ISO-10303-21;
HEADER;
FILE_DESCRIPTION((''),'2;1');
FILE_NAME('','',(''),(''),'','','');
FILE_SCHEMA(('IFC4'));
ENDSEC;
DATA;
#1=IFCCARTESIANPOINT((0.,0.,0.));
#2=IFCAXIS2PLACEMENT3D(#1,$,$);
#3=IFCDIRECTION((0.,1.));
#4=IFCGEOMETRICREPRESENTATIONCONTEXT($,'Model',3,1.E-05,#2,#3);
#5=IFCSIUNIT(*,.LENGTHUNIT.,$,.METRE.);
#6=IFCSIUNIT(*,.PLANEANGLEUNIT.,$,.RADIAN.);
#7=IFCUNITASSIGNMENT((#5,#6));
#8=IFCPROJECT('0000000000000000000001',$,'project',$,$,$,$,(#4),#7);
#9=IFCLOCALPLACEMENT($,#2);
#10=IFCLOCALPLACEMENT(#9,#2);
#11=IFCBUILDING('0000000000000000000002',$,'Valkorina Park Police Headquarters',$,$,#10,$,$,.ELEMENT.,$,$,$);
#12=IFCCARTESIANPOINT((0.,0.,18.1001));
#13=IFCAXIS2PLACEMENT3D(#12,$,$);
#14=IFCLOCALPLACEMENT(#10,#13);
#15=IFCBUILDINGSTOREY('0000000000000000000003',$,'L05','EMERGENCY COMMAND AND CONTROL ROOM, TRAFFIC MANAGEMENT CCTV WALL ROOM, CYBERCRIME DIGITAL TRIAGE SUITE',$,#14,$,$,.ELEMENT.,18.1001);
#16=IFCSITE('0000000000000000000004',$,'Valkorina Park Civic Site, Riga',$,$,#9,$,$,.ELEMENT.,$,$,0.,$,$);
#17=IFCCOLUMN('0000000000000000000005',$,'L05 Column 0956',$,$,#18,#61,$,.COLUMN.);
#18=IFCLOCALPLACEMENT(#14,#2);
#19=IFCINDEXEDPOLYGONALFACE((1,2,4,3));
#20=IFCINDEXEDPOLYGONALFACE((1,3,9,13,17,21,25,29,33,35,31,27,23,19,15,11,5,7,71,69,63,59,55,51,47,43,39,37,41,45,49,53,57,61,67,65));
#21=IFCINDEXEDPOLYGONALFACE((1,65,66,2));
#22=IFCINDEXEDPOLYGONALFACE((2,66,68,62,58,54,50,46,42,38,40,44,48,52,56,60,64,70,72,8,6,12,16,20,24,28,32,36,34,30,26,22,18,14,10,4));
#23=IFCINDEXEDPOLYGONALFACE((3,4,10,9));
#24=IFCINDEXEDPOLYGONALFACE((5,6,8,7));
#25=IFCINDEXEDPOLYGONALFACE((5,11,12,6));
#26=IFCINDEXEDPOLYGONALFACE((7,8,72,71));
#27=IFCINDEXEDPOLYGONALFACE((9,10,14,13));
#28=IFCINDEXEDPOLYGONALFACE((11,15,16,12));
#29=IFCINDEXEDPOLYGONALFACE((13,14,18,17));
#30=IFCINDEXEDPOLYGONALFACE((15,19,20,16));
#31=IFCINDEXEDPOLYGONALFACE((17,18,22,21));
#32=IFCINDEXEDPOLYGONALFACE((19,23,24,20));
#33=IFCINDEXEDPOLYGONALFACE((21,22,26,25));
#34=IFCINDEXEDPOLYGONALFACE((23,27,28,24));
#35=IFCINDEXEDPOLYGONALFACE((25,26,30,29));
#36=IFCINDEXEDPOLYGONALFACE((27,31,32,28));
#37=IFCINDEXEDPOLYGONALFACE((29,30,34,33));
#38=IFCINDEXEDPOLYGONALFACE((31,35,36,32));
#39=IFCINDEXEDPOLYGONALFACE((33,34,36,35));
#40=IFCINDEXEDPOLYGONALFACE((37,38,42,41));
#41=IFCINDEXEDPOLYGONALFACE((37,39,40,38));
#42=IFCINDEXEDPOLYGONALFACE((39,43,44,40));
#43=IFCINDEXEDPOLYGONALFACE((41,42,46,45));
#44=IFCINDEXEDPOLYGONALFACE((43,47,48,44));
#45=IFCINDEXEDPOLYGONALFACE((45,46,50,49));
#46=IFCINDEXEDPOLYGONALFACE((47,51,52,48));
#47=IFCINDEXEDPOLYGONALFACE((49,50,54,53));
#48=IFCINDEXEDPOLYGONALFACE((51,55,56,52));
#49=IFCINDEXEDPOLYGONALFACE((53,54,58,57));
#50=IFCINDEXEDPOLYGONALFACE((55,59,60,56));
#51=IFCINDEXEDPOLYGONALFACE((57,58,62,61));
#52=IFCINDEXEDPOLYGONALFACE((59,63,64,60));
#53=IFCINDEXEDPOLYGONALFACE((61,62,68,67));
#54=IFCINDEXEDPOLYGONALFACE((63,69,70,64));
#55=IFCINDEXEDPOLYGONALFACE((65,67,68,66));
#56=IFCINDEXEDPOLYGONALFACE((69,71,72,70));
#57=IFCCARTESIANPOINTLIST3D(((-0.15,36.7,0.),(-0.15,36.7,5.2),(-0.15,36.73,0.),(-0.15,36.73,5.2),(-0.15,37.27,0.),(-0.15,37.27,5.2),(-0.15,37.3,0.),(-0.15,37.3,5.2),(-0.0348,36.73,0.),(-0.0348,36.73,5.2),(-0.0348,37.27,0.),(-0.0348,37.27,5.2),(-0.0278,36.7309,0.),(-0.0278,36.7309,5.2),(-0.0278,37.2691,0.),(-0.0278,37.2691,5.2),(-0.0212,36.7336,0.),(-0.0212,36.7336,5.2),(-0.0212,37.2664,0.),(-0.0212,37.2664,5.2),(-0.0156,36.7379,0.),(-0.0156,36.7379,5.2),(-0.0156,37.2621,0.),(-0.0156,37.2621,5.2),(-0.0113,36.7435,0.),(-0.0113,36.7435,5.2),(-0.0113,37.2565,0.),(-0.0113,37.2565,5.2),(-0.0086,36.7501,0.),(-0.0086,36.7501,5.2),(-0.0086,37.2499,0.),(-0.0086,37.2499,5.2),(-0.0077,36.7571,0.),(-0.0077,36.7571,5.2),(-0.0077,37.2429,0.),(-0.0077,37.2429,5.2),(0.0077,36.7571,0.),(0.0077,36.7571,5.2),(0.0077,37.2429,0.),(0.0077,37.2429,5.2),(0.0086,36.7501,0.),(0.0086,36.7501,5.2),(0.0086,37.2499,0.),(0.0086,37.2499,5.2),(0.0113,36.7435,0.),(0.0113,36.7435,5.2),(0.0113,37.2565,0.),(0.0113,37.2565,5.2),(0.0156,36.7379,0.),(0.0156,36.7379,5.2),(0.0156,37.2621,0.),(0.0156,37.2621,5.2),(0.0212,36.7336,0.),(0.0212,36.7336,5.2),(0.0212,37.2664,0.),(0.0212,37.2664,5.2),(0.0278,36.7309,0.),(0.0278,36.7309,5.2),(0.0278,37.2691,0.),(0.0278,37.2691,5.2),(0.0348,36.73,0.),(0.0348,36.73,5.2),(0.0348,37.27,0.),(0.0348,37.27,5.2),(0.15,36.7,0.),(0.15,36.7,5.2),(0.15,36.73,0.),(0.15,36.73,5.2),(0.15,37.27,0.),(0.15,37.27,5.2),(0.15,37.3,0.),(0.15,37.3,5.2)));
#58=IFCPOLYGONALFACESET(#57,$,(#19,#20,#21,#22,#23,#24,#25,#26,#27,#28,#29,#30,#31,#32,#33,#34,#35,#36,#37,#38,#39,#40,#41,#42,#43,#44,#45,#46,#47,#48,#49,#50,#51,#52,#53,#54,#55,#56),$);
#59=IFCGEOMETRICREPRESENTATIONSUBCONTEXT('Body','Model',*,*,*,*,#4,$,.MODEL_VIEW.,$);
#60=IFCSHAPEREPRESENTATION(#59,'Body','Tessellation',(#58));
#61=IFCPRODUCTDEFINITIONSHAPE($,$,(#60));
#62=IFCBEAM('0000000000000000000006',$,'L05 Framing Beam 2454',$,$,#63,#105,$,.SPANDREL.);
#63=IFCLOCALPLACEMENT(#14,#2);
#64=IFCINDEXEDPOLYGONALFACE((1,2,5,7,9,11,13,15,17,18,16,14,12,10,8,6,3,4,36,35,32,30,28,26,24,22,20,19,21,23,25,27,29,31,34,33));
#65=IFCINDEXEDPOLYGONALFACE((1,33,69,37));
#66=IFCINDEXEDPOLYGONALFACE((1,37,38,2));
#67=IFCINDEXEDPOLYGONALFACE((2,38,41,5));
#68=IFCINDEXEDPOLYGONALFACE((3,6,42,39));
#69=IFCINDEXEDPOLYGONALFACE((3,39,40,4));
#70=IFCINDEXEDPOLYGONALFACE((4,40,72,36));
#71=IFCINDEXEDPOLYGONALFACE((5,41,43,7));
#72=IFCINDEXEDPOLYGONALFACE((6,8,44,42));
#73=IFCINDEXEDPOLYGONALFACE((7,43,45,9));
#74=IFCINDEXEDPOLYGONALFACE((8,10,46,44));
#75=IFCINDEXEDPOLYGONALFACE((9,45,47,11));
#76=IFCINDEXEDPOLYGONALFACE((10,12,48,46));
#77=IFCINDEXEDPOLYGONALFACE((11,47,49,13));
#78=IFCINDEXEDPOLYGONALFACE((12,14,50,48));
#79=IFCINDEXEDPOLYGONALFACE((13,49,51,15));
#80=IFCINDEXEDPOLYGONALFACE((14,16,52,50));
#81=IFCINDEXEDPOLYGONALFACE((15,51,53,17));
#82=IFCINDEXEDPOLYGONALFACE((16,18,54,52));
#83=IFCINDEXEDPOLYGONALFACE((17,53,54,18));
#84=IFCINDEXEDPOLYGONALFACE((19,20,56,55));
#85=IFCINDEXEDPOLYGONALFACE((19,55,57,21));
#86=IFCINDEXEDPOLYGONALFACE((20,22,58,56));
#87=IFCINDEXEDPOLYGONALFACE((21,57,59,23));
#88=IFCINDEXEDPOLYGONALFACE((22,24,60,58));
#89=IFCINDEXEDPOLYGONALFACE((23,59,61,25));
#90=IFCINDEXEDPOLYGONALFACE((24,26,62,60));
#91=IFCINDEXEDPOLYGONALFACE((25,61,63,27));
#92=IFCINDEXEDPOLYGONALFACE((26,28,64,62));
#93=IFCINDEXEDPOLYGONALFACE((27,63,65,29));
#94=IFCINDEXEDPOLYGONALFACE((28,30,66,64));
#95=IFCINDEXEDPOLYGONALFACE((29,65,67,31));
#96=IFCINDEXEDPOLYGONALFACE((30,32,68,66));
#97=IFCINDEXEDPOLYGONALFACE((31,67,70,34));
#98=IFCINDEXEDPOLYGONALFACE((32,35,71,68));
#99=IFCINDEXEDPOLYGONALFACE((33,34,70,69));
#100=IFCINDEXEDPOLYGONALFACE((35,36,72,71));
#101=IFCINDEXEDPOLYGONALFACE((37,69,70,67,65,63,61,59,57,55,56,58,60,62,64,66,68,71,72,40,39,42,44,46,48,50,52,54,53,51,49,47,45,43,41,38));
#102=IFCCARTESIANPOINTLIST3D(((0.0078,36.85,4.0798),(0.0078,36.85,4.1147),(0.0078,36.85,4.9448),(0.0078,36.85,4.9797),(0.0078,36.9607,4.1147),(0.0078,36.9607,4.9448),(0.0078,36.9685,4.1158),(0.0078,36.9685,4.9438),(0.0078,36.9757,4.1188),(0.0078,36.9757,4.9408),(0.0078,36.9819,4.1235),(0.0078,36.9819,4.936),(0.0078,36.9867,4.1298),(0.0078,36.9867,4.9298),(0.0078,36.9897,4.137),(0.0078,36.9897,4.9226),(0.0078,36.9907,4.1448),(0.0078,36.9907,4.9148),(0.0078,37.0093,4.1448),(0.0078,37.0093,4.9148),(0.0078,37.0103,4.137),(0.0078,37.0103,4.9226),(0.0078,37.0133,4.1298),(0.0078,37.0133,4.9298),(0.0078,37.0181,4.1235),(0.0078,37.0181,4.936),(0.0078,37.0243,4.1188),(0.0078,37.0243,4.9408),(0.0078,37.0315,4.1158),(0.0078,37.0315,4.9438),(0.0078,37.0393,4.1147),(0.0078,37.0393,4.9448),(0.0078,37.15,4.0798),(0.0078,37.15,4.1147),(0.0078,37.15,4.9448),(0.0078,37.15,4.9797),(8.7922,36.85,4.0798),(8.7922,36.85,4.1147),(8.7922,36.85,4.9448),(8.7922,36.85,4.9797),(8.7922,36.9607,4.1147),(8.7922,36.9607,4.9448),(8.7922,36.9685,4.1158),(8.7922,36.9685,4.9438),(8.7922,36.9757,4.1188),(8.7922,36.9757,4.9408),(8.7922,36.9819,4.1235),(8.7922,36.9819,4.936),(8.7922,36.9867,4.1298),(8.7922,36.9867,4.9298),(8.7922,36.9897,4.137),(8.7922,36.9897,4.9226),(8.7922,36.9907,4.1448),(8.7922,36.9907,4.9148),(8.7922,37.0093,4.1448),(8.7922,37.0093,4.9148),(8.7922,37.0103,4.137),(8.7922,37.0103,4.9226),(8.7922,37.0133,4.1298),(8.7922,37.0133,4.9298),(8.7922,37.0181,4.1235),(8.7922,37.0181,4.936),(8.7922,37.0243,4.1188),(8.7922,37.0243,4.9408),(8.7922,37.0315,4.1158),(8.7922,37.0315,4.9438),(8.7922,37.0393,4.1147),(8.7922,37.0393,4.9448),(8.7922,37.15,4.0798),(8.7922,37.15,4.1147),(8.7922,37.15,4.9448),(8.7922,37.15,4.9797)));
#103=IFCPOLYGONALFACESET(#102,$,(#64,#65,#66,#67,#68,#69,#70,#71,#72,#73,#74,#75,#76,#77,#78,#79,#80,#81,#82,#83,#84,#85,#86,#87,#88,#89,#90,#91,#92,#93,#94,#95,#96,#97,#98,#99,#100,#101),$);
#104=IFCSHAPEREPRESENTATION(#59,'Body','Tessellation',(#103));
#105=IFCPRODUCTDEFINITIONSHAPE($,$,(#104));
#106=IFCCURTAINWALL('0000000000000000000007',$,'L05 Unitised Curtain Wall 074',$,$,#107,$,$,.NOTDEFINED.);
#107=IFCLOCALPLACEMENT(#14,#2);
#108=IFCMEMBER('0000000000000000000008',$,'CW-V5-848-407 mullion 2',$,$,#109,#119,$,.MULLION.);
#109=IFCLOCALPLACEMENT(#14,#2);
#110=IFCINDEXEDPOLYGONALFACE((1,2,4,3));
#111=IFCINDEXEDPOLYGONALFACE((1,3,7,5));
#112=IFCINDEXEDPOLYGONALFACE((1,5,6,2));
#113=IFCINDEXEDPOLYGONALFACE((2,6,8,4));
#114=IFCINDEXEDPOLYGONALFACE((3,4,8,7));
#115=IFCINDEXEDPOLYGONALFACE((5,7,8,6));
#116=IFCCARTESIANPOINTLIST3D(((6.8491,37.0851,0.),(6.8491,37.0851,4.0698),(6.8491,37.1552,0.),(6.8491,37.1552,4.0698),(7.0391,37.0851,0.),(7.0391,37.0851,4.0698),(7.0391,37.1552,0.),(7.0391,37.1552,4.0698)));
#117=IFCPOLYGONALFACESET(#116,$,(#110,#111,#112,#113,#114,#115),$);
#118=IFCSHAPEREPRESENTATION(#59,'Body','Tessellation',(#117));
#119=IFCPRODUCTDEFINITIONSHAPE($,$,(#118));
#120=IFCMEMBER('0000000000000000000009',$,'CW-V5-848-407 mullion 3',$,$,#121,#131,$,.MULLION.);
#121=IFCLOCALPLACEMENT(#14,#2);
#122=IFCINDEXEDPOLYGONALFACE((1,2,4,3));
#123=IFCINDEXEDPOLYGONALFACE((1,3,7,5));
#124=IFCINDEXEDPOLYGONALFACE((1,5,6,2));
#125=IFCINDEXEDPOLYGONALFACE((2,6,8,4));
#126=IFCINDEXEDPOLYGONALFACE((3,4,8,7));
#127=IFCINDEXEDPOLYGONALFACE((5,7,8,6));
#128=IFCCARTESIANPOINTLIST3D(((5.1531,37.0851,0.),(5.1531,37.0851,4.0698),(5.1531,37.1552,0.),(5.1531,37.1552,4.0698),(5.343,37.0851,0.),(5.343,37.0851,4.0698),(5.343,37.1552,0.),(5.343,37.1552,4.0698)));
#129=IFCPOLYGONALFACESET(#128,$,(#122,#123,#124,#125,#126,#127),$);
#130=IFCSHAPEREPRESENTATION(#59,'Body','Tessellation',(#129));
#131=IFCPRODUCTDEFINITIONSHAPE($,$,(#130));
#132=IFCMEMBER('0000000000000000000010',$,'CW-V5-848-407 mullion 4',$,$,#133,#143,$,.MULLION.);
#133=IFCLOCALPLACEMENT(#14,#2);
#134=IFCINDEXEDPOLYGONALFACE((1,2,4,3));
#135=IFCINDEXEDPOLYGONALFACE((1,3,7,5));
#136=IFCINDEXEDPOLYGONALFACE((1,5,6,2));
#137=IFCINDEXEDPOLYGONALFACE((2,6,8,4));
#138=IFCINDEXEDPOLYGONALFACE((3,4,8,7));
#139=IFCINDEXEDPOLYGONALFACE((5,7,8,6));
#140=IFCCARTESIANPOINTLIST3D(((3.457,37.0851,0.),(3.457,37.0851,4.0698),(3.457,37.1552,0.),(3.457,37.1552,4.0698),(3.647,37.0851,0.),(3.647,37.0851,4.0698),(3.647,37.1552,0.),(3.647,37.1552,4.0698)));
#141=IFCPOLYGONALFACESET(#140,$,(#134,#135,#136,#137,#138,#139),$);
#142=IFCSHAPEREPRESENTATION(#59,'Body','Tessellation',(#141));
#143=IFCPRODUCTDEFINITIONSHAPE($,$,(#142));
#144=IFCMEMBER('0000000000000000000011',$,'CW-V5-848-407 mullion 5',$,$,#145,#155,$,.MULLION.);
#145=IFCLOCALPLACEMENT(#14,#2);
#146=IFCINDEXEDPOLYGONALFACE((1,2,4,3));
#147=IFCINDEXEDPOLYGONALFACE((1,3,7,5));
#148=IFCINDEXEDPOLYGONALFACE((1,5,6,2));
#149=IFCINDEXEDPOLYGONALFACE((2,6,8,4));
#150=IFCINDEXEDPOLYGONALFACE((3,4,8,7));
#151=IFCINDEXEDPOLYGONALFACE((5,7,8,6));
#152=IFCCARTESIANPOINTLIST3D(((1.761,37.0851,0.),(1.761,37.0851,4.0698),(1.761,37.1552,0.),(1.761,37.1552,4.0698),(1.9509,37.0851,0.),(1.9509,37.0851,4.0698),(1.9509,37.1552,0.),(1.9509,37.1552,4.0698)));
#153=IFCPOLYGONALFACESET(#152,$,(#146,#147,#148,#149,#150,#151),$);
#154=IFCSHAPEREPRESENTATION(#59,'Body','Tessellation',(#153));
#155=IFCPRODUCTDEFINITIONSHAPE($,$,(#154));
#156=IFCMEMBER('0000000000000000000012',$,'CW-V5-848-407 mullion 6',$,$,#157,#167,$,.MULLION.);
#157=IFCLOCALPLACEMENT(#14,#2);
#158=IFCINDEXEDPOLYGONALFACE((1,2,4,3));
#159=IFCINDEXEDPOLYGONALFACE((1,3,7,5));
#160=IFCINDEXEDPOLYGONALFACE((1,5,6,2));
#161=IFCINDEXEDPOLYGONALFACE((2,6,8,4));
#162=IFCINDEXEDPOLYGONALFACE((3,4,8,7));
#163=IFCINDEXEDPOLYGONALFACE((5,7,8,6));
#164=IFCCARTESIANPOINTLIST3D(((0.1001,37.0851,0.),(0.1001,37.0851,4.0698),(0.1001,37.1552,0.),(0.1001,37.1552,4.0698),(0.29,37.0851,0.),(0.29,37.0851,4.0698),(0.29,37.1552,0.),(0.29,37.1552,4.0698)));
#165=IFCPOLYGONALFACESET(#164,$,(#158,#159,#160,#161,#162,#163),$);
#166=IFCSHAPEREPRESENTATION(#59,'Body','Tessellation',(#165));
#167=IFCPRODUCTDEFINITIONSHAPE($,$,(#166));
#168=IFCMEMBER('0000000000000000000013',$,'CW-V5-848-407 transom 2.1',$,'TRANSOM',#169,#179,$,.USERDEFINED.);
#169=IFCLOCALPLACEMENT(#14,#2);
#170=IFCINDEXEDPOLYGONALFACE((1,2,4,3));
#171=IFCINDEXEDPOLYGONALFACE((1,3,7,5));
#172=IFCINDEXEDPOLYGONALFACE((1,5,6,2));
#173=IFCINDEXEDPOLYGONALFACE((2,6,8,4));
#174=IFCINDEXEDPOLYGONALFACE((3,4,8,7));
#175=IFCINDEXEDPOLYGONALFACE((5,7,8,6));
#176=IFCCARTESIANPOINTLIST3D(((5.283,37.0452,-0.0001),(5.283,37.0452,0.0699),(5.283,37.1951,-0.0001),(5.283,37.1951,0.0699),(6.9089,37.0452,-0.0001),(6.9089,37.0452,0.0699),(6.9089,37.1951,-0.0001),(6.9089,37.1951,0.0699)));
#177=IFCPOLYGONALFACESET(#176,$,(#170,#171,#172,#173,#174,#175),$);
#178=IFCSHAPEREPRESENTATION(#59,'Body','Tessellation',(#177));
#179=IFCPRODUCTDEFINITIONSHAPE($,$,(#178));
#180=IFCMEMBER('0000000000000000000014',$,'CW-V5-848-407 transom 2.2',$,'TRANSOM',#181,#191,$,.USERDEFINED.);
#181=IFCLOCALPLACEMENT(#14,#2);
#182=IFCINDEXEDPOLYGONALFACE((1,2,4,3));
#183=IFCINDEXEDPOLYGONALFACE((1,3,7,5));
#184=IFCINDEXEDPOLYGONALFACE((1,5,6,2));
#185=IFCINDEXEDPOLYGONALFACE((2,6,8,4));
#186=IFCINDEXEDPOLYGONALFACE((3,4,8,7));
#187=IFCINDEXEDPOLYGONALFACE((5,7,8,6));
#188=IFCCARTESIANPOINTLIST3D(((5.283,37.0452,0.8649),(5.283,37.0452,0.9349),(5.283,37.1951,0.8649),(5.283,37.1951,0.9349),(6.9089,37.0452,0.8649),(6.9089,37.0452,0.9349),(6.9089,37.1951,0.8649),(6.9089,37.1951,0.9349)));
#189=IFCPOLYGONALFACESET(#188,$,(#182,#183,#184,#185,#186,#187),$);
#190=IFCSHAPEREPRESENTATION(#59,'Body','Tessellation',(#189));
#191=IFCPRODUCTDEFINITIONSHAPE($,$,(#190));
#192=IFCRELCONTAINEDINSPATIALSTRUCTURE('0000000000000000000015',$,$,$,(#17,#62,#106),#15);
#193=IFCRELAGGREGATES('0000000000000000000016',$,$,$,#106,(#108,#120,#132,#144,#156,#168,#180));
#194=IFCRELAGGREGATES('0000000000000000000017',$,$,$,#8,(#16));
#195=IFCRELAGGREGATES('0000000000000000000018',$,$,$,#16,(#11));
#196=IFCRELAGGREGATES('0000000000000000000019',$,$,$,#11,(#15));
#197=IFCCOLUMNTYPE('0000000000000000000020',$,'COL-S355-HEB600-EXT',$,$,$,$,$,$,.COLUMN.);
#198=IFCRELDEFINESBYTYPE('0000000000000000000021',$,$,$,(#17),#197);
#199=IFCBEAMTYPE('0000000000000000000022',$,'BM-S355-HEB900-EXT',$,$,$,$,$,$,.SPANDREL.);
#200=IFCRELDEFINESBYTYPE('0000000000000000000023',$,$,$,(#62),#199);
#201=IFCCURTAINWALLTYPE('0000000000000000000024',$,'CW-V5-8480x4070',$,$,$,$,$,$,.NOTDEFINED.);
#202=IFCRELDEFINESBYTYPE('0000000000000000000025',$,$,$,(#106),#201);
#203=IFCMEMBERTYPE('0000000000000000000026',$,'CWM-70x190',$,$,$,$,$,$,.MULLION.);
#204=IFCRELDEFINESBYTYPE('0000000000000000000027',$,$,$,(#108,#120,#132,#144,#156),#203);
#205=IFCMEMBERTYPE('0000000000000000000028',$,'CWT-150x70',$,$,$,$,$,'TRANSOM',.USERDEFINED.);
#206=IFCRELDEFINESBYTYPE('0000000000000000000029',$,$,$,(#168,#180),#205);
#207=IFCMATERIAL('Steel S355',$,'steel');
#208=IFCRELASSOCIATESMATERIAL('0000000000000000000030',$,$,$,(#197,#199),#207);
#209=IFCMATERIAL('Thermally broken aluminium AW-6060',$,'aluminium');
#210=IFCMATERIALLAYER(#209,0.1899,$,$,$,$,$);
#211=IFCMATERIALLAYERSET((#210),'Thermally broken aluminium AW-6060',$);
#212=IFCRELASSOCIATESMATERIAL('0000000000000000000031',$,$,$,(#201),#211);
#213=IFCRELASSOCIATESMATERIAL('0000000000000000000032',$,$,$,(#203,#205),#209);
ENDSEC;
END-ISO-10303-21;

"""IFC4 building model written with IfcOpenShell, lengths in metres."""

from ifc_helpers import new_model, si_unit, direction, frame, origin, origin_2d, place, context, subcontext, project, spatial, rectangle, i_section, extrude, material, layer, layer_set, material_profile, profile_set, type_object, element, aggregate, save


model = new_model("IFC4")

# Units and contexts
model_context = context("Model", 3, precision=1e-05, world=origin(), true_north=direction((0.0, 1.0)))
body_context = subcontext(model_context, "Body", "Model", "MODEL_VIEW")
ifc_project = project(units=[si_unit("LENGTHUNIT", "METRE"), si_unit("PLANEANGLEUNIT", "RADIAN")], contexts=[model_context])

# Site, building, storey
site_placement = place(None, origin())
site = spatial("IfcSite", under=ifc_project, at=site_placement, Name="Valkorina Park Civic Site, Riga", CompositionType="ELEMENT", RefElevation=0.0)
building_placement = place(site_placement, origin())
building = spatial("IfcBuilding", under=site, at=building_placement, Name="Valkorina Park Police Headquarters", CompositionType="ELEMENT")
storey_placement = place(building_placement, frame((0.0, 0.0, 18.1001)))
storey = spatial("IfcBuildingStorey", under=building, at=storey_placement, Name="L05", Description="EMERGENCY COMMAND AND CONTROL ROOM, TRAFFIC MANAGEMENT CCTV WALL ROOM, CYBERCRIME DIGITAL TRIAGE SUITE", CompositionType="ELEMENT", Elevation=18.1001)

# Column
ifc_material_1 = material(Name="Steel S355", Category="steel")
ifc_material_profile_1 = material_profile(ifc_material_1, i_section(OverallWidth=0.3, OverallDepth=0.6001, WebThickness=0.0154, FlangeThickness=0.03, FilletRadius=0.0271, at=origin_2d()), Name="HEB 600")
ifc_profile_set_1 = profile_set([ifc_material_profile_1], Name="Steel S355")
column_type = type_object("IfcColumnType", Name="COL-S355-HEB600-EXT", PredefinedType="COLUMN", material=ifc_profile_set_1)
column_placement = place(storey_placement, frame((0.0, 37.0, 0.0), z_axis=(0.0, 0.0, 1.0), x_axis=(1.0, 0.0, 0.0)))
element("IfcColumn", 1, at=column_placement, inside=storey, type_object=column_type, Name="L05 Column 0956", PredefinedType="COLUMN", context=body_context, shape_type="SweptSolid", body=[
    extrude(i_section(OverallWidth=0.3, OverallDepth=0.6001, WebThickness=0.0154, FlangeThickness=0.03, FilletRadius=0.0271, at=origin_2d()), origin(), (0.0, 0.0, 1.0), 5.2),
])

# Beam
ifc_material_profile_2 = material_profile(ifc_material_1, i_section(OverallWidth=0.3, OverallDepth=0.8999, WebThickness=0.0186, FlangeThickness=0.0349, FilletRadius=0.03, at=origin_2d()), Name="HEB 900")
ifc_profile_set_2 = profile_set([ifc_material_profile_2], Name="Steel S355")
beam_type = type_object("IfcBeamType", Name="BM-S355-HEB900-EXT", PredefinedType="SPANDREL", material=ifc_profile_set_2)
beam_placement = place(storey_placement, frame((0.0078, 37.0, 4.5298), z_axis=(1.0, 0.0, 0.0), x_axis=(0.0, 1.0, 0.0)))
element("IfcBeam", 2, at=beam_placement, inside=storey, type_object=beam_type, Name="L05 Framing Beam 2454", PredefinedType="SPANDREL", context=body_context, shape_type="SweptSolid", body=[
    extrude(i_section(OverallWidth=0.3, OverallDepth=0.8999, WebThickness=0.0186, FlangeThickness=0.0349, FilletRadius=0.03, at=origin_2d()), origin(), (0.0, 0.0, 1.0), 8.7844),
])

# Curtain wall, members
ifc_material_2 = material(Name="Thermally broken aluminium AW-6060", Category="aluminium")
ifc_layer_1 = layer(ifc_material_2, 0.1899)
ifc_layer_set_1 = layer_set([ifc_layer_1], Name="Thermally broken aluminium AW-6060")
curtain_wall_type = type_object("IfcCurtainWallType", Name="CW-V5-8480x4070", PredefinedType="NOTDEFINED", material=ifc_layer_set_1)
curtain_wall_placement = place(storey_placement, origin())
curtain_wall = element("IfcCurtainWall", 3, at=curtain_wall_placement, inside=storey, type_object=curtain_wall_type, Name="L05 Unitised Curtain Wall 074", PredefinedType="NOTDEFINED")
ifc_material_profile_3 = material_profile(ifc_material_2, rectangle(XDim=0.0701, YDim=0.1899, at=origin_2d()), Name="CWM-02 70x190")
ifc_profile_set_3 = profile_set([ifc_material_profile_3], Name="Thermally broken aluminium AW-6060")
member_type_1 = type_object("IfcMemberType", Name="CWM-70x190", PredefinedType="MULLION", material=ifc_profile_set_3)
member_1_placement = place(storey_placement, frame((6.9441, 37.1201, 0.0), z_axis=(0.0, 0.0, 1.0), x_axis=(0.0, -1.0, 0.0)))
member_1 = element("IfcMember", 4, at=member_1_placement, type_object=member_type_1, Name="CW-V5-848-407 mullion 2", PredefinedType="MULLION", context=body_context, shape_type="SweptSolid", body=[
    extrude(rectangle(XDim=0.0701, YDim=0.1899, at=origin_2d()), origin(), (0.0, 0.0, 1.0), 4.0698),
])
member_2_placement = place(storey_placement, frame((5.248, 37.1201, 0.0), z_axis=(0.0, 0.0, 1.0), x_axis=(0.0, -1.0, 0.0)))
member_2 = element("IfcMember", 5, at=member_2_placement, type_object=member_type_1, Name="CW-V5-848-407 mullion 3", PredefinedType="MULLION", context=body_context, shape_type="SweptSolid", body=[
    extrude(rectangle(XDim=0.0701, YDim=0.1899, at=origin_2d()), origin(), (0.0, 0.0, 1.0), 4.0698),
])
member_3_placement = place(storey_placement, frame((3.552, 37.1201, 0.0), z_axis=(0.0, 0.0, 1.0), x_axis=(0.0, -1.0, 0.0)))
member_3 = element("IfcMember", 6, at=member_3_placement, type_object=member_type_1, Name="CW-V5-848-407 mullion 4", PredefinedType="MULLION", context=body_context, shape_type="SweptSolid", body=[
    extrude(rectangle(XDim=0.0701, YDim=0.1899, at=origin_2d()), origin(), (0.0, 0.0, 1.0), 4.0698),
])
member_4_placement = place(storey_placement, frame((1.856, 37.1201, 0.0), z_axis=(0.0, 0.0, 1.0), x_axis=(0.0, -1.0, 0.0)))
member_4 = element("IfcMember", 7, at=member_4_placement, type_object=member_type_1, Name="CW-V5-848-407 mullion 5", PredefinedType="MULLION", context=body_context, shape_type="SweptSolid", body=[
    extrude(rectangle(XDim=0.0701, YDim=0.1899, at=origin_2d()), origin(), (0.0, 0.0, 1.0), 4.0698),
])
member_5_placement = place(storey_placement, frame((0.1951, 37.1201, 0.0), z_axis=(0.0, 0.0, 1.0), x_axis=(0.0, -1.0, 0.0)))
member_5 = element("IfcMember", 8, at=member_5_placement, type_object=member_type_1, Name="CW-V5-848-407 mullion 6", PredefinedType="MULLION", context=body_context, shape_type="SweptSolid", body=[
    extrude(rectangle(XDim=0.0701, YDim=0.1899, at=origin_2d()), origin(), (0.0, 0.0, 1.0), 4.0698),
])
ifc_material_profile_4 = material_profile(ifc_material_2, rectangle(XDim=0.1499, YDim=0.0701, at=origin_2d()), Name="CWT-02 150x70")
ifc_profile_set_4 = profile_set([ifc_material_profile_4], Name="Thermally broken aluminium AW-6060")
member_type_2 = type_object("IfcMemberType", Name="CWT-150x70", ElementType="TRANSOM", PredefinedType="USERDEFINED", material=ifc_profile_set_4)
member_6_placement = place(storey_placement, frame((6.9089, 37.1201, 0.0349), z_axis=(-1.0, 0.0, 0.0), x_axis=(0.0, -1.0, 0.0)))
member_6 = element("IfcMember", 9, at=member_6_placement, type_object=member_type_2, Name="CW-V5-848-407 transom 2.1", ObjectType="TRANSOM", PredefinedType="USERDEFINED", context=body_context, shape_type="SweptSolid", body=[
    extrude(rectangle(XDim=0.1499, YDim=0.0701, at=origin_2d()), origin(), (0.0, 0.0, 1.0), 1.626),
])
member_7_placement = place(storey_placement, frame((6.9089, 37.1201, 0.8999), z_axis=(-1.0, 0.0, 0.0), x_axis=(0.0, -1.0, 0.0)))
member_7 = element("IfcMember", 10, at=member_7_placement, type_object=member_type_2, Name="CW-V5-848-407 transom 2.2", ObjectType="TRANSOM", PredefinedType="USERDEFINED", context=body_context, shape_type="SweptSolid", body=[
    extrude(rectangle(XDim=0.1499, YDim=0.0701, at=origin_2d()), origin(), (0.0, 0.0, 1.0), 1.626),
])
aggregate(curtain_wall, [member_1, member_2, member_3, member_4, member_5, member_6, member_7])

save(model, "model.ifc")
